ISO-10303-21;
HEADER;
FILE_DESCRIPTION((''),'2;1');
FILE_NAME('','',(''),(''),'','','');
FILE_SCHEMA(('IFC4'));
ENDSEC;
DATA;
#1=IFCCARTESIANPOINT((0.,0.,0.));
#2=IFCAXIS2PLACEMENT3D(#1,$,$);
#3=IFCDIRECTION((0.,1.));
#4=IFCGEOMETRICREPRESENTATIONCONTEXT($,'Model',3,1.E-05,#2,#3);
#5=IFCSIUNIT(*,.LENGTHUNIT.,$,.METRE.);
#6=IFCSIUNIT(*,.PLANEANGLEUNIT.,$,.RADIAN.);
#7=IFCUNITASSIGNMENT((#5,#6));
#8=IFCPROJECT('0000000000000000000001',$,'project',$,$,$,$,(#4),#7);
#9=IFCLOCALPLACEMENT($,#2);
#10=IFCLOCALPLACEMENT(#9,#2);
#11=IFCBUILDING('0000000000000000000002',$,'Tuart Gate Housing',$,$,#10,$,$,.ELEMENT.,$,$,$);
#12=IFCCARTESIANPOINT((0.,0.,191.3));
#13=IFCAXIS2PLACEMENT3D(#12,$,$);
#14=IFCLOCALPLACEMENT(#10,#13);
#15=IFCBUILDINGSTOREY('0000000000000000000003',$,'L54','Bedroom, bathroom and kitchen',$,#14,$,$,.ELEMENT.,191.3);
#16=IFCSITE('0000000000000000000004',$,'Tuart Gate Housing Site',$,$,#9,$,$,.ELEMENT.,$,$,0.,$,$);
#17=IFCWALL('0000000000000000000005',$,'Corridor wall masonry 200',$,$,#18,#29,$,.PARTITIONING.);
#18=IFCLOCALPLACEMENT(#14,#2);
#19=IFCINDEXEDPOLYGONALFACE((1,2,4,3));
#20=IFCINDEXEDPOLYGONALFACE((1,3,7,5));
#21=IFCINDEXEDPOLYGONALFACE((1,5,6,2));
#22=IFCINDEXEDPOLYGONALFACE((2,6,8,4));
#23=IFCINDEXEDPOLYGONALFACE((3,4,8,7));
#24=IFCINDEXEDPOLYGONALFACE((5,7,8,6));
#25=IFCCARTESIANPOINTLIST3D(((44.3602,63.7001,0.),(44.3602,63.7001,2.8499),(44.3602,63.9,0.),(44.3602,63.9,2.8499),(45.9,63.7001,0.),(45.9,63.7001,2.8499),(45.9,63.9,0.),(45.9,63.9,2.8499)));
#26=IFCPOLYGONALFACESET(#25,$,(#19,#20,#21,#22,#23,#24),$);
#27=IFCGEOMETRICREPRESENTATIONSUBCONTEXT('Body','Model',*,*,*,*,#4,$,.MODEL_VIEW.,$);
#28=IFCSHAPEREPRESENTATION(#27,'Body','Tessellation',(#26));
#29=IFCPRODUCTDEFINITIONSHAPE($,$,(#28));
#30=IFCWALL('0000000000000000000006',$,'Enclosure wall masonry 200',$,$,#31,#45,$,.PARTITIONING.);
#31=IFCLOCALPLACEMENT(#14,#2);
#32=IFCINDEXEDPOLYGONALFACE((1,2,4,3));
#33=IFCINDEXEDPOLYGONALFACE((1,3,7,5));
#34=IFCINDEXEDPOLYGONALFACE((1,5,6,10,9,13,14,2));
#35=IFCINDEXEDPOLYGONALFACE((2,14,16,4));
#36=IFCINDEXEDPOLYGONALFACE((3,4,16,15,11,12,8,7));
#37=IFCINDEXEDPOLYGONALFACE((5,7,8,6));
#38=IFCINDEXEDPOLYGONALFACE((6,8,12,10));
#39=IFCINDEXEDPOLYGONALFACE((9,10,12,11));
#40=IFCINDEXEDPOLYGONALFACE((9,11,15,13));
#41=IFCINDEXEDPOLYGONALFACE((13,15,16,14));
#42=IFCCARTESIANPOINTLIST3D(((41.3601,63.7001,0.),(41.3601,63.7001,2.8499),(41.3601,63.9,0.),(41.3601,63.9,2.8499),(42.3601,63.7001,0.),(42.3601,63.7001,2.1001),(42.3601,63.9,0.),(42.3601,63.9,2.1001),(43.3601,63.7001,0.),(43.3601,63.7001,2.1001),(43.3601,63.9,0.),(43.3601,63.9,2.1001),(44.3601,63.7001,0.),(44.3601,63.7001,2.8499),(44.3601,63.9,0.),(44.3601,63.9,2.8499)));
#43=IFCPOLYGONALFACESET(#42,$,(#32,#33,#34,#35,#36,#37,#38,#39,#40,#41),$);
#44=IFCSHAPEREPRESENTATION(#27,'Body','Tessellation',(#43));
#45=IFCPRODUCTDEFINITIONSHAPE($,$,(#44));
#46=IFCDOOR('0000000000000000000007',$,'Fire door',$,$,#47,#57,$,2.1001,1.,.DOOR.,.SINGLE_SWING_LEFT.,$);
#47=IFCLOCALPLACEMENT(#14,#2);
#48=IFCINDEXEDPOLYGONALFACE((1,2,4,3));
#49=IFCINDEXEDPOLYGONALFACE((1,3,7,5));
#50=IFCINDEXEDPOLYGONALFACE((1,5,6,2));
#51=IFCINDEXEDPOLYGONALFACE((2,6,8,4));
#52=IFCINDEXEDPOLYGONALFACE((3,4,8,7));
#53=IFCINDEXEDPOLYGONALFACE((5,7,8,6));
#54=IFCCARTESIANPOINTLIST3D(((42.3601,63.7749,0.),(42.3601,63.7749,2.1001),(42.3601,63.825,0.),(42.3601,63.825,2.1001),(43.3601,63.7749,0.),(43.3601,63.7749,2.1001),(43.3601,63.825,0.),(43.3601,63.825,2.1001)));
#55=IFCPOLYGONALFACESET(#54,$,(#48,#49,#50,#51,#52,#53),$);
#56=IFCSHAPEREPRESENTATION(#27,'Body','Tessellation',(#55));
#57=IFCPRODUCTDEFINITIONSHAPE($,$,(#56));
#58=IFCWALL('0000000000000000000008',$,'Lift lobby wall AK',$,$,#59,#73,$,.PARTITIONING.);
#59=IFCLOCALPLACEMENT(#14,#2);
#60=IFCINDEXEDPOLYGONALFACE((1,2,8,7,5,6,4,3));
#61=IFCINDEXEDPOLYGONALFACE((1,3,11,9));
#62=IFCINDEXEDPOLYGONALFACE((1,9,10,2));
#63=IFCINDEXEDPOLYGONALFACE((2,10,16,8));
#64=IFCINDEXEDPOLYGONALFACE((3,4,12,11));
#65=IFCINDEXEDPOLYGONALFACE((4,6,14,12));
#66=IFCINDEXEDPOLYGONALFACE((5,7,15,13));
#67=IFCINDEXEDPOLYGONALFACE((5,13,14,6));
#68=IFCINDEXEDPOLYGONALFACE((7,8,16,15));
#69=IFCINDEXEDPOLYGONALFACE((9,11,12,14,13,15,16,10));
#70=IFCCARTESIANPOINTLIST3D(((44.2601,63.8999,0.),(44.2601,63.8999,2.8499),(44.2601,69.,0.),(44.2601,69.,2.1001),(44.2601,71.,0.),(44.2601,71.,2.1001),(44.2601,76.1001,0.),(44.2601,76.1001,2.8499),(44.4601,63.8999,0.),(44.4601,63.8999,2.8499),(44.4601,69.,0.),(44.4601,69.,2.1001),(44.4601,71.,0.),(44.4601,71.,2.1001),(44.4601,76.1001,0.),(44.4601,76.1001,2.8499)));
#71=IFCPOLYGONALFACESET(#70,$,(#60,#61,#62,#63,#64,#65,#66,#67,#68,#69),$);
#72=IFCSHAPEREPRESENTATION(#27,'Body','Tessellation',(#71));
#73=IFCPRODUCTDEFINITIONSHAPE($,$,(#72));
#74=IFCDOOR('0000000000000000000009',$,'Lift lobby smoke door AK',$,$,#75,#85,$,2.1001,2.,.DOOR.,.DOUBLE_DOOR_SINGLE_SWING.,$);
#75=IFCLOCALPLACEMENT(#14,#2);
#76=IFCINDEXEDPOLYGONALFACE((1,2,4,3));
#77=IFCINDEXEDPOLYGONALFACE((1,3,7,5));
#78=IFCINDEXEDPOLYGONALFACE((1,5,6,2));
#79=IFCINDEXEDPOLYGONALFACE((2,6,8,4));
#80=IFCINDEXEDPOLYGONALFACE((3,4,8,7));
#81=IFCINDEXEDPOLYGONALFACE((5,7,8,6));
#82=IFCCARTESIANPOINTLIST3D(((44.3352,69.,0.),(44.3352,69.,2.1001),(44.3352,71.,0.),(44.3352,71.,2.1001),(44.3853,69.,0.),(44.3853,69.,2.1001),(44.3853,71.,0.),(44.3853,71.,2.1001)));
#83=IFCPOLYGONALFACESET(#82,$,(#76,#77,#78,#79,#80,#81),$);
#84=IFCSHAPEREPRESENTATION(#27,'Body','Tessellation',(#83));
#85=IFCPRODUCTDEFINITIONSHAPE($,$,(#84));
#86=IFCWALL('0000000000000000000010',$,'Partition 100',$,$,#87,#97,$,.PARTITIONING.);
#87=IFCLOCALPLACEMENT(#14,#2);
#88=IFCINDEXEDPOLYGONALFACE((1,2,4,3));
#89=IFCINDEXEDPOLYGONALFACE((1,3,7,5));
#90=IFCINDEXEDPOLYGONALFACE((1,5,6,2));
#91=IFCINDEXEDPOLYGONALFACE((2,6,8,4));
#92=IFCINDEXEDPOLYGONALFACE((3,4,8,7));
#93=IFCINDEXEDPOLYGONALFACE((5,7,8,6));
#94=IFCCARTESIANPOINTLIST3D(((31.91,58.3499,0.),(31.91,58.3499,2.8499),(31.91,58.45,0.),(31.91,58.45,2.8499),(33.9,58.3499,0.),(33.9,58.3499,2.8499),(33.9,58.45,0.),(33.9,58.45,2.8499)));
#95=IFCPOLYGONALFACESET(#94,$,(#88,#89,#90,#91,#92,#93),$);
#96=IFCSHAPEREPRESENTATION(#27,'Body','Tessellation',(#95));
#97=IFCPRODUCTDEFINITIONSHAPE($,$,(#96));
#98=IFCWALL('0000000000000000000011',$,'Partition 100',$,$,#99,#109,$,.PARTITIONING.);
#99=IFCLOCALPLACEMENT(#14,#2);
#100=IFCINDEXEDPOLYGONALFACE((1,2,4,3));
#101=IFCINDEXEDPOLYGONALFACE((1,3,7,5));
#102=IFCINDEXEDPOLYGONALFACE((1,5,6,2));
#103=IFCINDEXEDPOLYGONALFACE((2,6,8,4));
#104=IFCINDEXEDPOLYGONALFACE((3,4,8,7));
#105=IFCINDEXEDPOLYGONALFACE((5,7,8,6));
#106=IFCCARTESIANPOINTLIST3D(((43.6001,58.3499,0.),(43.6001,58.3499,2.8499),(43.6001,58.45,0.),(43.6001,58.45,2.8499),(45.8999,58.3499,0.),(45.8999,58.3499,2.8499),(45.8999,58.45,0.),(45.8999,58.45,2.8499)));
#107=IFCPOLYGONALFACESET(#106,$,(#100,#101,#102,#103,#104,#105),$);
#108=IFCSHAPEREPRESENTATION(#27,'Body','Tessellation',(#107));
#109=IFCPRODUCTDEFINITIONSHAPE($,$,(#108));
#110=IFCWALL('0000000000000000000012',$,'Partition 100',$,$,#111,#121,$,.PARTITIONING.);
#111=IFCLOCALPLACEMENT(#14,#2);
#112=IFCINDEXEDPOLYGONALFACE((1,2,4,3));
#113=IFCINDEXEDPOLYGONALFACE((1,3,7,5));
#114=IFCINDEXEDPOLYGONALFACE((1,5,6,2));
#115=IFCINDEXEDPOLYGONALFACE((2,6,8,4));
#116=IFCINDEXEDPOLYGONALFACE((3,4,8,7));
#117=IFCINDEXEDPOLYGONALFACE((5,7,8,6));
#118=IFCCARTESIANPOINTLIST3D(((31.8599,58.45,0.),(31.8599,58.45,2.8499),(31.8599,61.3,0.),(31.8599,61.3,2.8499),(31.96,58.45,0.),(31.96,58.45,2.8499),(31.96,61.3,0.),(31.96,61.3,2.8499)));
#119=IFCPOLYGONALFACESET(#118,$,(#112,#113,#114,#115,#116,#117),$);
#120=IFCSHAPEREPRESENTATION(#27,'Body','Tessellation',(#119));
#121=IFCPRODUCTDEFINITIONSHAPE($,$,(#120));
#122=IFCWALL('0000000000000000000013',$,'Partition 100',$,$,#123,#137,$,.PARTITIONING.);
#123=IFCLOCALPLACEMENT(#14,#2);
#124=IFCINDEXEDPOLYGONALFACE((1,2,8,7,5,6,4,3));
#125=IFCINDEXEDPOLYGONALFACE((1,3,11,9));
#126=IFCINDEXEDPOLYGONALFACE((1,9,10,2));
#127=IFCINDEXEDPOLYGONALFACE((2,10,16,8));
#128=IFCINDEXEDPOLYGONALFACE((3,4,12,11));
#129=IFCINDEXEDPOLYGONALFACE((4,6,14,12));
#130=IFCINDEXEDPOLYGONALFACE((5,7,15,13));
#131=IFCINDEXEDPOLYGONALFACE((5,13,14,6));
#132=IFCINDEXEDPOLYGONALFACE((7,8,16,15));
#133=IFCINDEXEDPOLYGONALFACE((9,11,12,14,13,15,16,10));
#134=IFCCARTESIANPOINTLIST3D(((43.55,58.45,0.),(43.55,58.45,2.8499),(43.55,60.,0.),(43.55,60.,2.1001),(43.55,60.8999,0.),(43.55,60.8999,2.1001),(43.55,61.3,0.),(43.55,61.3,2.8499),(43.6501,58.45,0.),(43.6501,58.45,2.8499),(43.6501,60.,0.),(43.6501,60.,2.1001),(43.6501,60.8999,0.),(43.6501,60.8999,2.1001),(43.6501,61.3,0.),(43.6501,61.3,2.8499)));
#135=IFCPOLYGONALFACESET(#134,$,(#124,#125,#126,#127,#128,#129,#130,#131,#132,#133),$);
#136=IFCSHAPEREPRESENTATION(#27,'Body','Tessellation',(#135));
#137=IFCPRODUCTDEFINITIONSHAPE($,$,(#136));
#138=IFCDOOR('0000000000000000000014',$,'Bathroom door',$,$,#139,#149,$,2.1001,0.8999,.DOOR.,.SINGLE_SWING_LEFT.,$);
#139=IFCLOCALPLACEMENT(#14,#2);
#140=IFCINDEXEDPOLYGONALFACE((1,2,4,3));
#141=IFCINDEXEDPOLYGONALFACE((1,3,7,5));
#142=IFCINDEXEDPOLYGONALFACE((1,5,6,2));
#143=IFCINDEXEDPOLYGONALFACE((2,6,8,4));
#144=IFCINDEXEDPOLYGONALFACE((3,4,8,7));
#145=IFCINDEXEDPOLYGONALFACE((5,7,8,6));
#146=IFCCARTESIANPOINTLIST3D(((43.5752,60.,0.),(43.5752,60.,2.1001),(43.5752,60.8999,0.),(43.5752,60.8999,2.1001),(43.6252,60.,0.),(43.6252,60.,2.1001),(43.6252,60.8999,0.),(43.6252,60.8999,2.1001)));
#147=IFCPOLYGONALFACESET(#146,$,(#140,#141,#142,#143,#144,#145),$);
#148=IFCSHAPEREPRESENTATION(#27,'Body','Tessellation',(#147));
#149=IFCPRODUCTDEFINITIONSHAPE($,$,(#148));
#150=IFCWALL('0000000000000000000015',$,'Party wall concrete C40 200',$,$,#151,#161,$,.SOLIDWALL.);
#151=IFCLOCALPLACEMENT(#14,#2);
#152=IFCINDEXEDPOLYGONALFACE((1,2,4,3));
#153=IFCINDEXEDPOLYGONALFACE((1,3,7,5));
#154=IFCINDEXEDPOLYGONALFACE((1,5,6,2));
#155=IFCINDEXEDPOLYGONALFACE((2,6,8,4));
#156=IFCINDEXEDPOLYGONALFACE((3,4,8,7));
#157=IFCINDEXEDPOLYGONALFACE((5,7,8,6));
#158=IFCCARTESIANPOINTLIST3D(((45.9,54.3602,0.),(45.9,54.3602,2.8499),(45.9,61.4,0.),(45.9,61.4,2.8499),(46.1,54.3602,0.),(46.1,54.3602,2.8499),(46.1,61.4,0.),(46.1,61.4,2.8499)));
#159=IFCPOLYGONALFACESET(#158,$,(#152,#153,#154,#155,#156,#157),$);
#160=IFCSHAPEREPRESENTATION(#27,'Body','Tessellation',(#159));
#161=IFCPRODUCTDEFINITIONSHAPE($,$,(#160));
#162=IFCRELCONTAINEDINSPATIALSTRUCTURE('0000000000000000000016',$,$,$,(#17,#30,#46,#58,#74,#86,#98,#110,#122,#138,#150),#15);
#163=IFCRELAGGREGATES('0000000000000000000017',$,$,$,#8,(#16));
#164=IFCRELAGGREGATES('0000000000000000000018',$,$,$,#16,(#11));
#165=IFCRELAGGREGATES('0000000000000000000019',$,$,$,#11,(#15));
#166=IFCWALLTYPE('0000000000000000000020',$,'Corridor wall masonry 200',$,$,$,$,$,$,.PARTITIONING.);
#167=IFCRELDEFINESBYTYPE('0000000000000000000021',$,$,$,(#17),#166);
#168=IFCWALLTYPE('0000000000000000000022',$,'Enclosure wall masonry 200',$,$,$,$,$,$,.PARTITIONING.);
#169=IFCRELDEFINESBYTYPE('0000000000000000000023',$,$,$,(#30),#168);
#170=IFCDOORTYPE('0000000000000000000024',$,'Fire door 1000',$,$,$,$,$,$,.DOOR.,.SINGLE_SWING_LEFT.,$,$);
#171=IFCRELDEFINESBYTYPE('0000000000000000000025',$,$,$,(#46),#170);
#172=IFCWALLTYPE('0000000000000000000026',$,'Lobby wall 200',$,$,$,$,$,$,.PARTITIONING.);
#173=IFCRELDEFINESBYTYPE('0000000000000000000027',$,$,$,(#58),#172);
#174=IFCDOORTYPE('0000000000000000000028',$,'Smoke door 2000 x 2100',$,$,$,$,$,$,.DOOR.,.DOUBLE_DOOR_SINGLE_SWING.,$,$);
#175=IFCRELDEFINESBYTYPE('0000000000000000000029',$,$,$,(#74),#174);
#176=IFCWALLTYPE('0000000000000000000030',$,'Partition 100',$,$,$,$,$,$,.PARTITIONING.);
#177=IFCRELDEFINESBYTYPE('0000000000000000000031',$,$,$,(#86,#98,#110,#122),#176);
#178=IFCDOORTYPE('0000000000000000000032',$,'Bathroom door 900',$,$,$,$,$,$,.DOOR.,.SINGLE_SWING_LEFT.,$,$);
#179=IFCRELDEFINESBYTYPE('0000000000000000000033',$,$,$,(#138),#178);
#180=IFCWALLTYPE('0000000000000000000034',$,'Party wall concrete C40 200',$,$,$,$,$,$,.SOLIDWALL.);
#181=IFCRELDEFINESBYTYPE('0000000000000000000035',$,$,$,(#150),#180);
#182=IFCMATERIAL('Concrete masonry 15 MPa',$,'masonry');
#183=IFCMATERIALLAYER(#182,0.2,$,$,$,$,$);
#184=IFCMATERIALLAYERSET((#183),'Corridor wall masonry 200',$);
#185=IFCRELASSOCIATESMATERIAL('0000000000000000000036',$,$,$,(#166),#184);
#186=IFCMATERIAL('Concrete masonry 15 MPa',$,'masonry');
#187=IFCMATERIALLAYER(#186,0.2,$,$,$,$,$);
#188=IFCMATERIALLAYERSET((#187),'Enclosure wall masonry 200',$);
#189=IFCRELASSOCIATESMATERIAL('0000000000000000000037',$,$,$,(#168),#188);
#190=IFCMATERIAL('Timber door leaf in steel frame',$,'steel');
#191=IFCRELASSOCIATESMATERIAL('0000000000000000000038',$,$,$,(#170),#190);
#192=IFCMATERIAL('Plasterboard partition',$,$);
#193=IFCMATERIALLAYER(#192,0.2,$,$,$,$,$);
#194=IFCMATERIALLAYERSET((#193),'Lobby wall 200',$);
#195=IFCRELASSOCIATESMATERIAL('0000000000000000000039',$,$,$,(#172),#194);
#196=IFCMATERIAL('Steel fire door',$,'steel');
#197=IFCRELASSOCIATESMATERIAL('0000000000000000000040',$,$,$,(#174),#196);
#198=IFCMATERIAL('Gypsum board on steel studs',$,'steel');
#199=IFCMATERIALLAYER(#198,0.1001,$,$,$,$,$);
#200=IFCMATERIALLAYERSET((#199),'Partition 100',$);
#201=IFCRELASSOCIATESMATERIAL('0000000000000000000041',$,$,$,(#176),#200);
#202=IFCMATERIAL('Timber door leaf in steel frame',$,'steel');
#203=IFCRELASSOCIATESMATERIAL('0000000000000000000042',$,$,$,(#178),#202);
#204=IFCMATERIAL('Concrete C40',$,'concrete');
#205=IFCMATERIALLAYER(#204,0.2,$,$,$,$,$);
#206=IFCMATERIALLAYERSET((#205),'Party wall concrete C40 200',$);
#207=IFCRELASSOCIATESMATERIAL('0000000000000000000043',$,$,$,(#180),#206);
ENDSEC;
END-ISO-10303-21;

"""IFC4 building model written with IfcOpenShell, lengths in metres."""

from ifc_helpers import new_model, si_unit, direction, frame, frame_2d, origin, place, context, subcontext, project, spatial, rectangle, extrude, material, layer, layer_set, type_object, element, fill, save


model = new_model("IFC4")

# Units and contexts
model_context = context("Model", 3, precision=1e-05, world=origin(), true_north=direction((0.0, 1.0)))
body_context = subcontext(model_context, "Body", "Model", "MODEL_VIEW")
ifc_project = project(units=[si_unit("LENGTHUNIT", "METRE"), si_unit("PLANEANGLEUNIT", "RADIAN")], contexts=[model_context])

# Site, building, storey
site_placement = place(None, origin())
site = spatial("IfcSite", under=ifc_project, at=site_placement, Name="Tuart Gate Housing Site", CompositionType="ELEMENT", RefElevation=0.0)
building_placement = place(site_placement, origin())
building = spatial("IfcBuilding", under=site, at=building_placement, Name="Tuart Gate Housing", CompositionType="ELEMENT")
storey_placement = place(building_placement, frame((0.0, 0.0, 191.3)))
storey = spatial("IfcBuildingStorey", under=building, at=storey_placement, Name="L54", Description="Bedroom, bathroom and kitchen", CompositionType="ELEMENT", Elevation=191.3)

# Shared definitions
ifc_material_1 = material(Name="Concrete masonry 15 MPa", Category="masonry")
ifc_layer_1 = layer(ifc_material_1, 0.2)
ifc_layer_set_1 = layer_set([ifc_layer_1], Name="Corridor wall masonry 200")
wall_type_1 = type_object("IfcWallType", Name="Corridor wall masonry 200", PredefinedType="PARTITIONING", material=ifc_layer_set_1)

# Wall
wall_1_placement = place(storey_placement, frame((44.3601, 63.8, 0.0), z_axis=(0.0, 0.0, 1.0), x_axis=(1.0, 0.0, 0.0)))
element("IfcWall", 1, at=wall_1_placement, inside=storey, type_object=wall_type_1, Name="Corridor wall masonry 200", PredefinedType="PARTITIONING", context=body_context, shape_type="SweptSolid", body=[
    extrude(rectangle(XDim=1.5398, YDim=0.2, at=frame_2d((0.77, 0.0))), origin(), (0.0, 0.0, 1.0), 2.8499),
])

# Walls, openings, doors
ifc_material_2 = material(Name="Concrete masonry 15 MPa", Category="masonry")
ifc_layer_2 = layer(ifc_material_2, 0.2)
ifc_layer_set_2 = layer_set([ifc_layer_2], Name="Enclosure wall masonry 200")
wall_type_2 = type_object("IfcWallType", Name="Enclosure wall masonry 200", PredefinedType="PARTITIONING", material=ifc_layer_set_2)
wall_2_placement = place(storey_placement, frame((41.3601, 63.8, 0.0), z_axis=(0.0, 0.0, 1.0), x_axis=(1.0, 0.0, 0.0)))
wall_2 = element("IfcWall", 2, at=wall_2_placement, inside=storey, type_object=wall_type_2, Name="Enclosure wall masonry 200", PredefinedType="PARTITIONING", context=body_context, shape_type="SweptSolid", body=[
    extrude(rectangle(XDim=3.0, YDim=0.2, at=frame_2d((1.5, 0.0))), origin(), (0.0, 0.0, 1.0), 2.8499),
])
opening_1_placement = place(wall_2_placement, frame((1.0, 0.0, 0.0)))
opening_1 = element("IfcOpeningElement", 3, at=opening_1_placement, cuts=wall_2, PredefinedType="OPENING", context=body_context, shape_type="SweptSolid", body=[
    extrude(rectangle(XDim=1.0, YDim=2.1001, at=frame_2d((0.5, 1.05))), frame((0.0, 0.1099, 0.0), z_axis=(0.0, -1.0, 0.0), x_axis=(1.0, 0.0, 0.0)), (0.0, 0.0, 1.0), 0.22),
])
ifc_material_3 = material(Name="Timber door leaf in steel frame", Category="steel")
door_type_1 = type_object("IfcDoorType", Name="Fire door 1000", OperationType="SINGLE_SWING_LEFT", PredefinedType="DOOR", material=ifc_material_3)
door_1_placement = place(opening_1_placement, frame((1.0, 0.0, 0.0), z_axis=(0.0, 0.0, 1.0), x_axis=(-1.0, 0.0, 0.0)))
door_1 = element("IfcDoor", 4, at=door_1_placement, inside=storey, type_object=door_type_1, Name="Fire door", OperationType="SINGLE_SWING_LEFT", OverallHeight=2.1001, OverallWidth=1.0, PredefinedType="DOOR", context=body_context, shape_type="SweptSolid", body=[
    extrude(rectangle(XDim=1.0, YDim=2.1001, at=frame_2d((0.5, 1.05))), frame((0.0, 0.0251, 0.0), z_axis=(0.0, -1.0, 0.0), x_axis=(1.0, 0.0, 0.0)), (0.0, 0.0, 1.0), 0.05),
])
fill(opening_1, door_1)
ifc_material_4 = material(Name="Plasterboard partition")
ifc_layer_3 = layer(ifc_material_4, 0.2)
ifc_layer_set_3 = layer_set([ifc_layer_3], Name="Lobby wall 200")
wall_type_3 = type_object("IfcWallType", Name="Lobby wall 200", PredefinedType="PARTITIONING", material=ifc_layer_set_3)
wall_3_placement = place(storey_placement, frame((44.3601, 63.8999, 0.0), z_axis=(0.0, 0.0, 1.0), x_axis=(0.0, 1.0, 0.0)))
wall_3 = element("IfcWall", 5, at=wall_3_placement, inside=storey, type_object=wall_type_3, Name="Lift lobby wall AK", PredefinedType="PARTITIONING", context=body_context, shape_type="SweptSolid", body=[
    extrude(rectangle(XDim=12.2002, YDim=0.2, at=frame_2d((6.1001, 0.0))), origin(), (0.0, 0.0, 1.0), 2.8499),
])
opening_2_placement = place(wall_3_placement, frame((5.1001, 0.0, 0.0)))
opening_2 = element("IfcOpeningElement", 6, at=opening_2_placement, cuts=wall_3, PredefinedType="OPENING", context=body_context, shape_type="SweptSolid", body=[
    extrude(rectangle(XDim=2.0, YDim=2.1001, at=frame_2d((1.0, 1.05))), frame((0.0, 0.1099, 0.0), z_axis=(0.0, -1.0, 0.0), x_axis=(1.0, 0.0, 0.0)), (0.0, 0.0, 1.0), 0.22),
])
ifc_material_5 = material(Name="Steel fire door", Category="steel")
door_type_2 = type_object("IfcDoorType", Name="Smoke door 2000 x 2100", OperationType="DOUBLE_DOOR_SINGLE_SWING", PredefinedType="DOOR", material=ifc_material_5)
door_2_placement = place(opening_2_placement, origin())
door_2 = element("IfcDoor", 7, at=door_2_placement, inside=storey, type_object=door_type_2, Name="Lift lobby smoke door AK", OperationType="DOUBLE_DOOR_SINGLE_SWING", OverallHeight=2.1001, OverallWidth=2.0, PredefinedType="DOOR", context=body_context, shape_type="SweptSolid", body=[
    extrude(rectangle(XDim=2.0, YDim=2.1001, at=frame_2d((1.0, 1.05))), frame((0.0, 0.0249, 0.0), z_axis=(0.0, -1.0, 0.0), x_axis=(1.0, 0.0, 0.0)), (0.0, 0.0, 1.0), 0.05),
])
fill(opening_2, door_2)

# Walls
ifc_material_6 = material(Name="Gypsum board on steel studs", Category="steel")
ifc_layer_4 = layer(ifc_material_6, 0.1001)
ifc_layer_set_4 = layer_set([ifc_layer_4], Name="Partition 100")
wall_type_4 = type_object("IfcWallType", Name="Partition 100", PredefinedType="PARTITIONING", material=ifc_layer_set_4)
wall_4_placement = place(storey_placement, frame((31.9099, 58.3999, 0.0), z_axis=(0.0, 0.0, 1.0), x_axis=(1.0, 0.0, 0.0)))
element("IfcWall", 8, at=wall_4_placement, inside=storey, type_object=wall_type_4, Name="Partition 100", PredefinedType="PARTITIONING", context=body_context, shape_type="SweptSolid", body=[
    extrude(rectangle(XDim=1.99, YDim=0.1001, at=frame_2d((0.9951, 0.0))), origin(), (0.0, 0.0, 1.0), 2.8499),
])
wall_5_placement = place(storey_placement, frame((43.6001, 58.3999, 0.0), z_axis=(0.0, 0.0, 1.0), x_axis=(1.0, 0.0, 0.0)))
element("IfcWall", 9, at=wall_5_placement, inside=storey, type_object=wall_type_4, Name="Partition 100", PredefinedType="PARTITIONING", context=body_context, shape_type="SweptSolid", body=[
    extrude(rectangle(XDim=2.2998, YDim=0.1001, at=frame_2d((1.1499, 0.0))), origin(), (0.0, 0.0, 1.0), 2.8499),
])
wall_6_placement = place(storey_placement, frame((31.9099, 58.45, 0.0), z_axis=(0.0, 0.0, 1.0), x_axis=(0.0, 1.0, 0.0)))
element("IfcWall", 10, at=wall_6_placement, inside=storey, type_object=wall_type_4, Name="Partition 100", PredefinedType="PARTITIONING", context=body_context, shape_type="SweptSolid", body=[
    extrude(rectangle(XDim=2.8501, YDim=0.1001, at=frame_2d((1.425, 0.0))), origin(), (0.0, 0.0, 1.0), 2.8499),
])

# Wall, opening, door
wall_7_placement = place(storey_placement, frame((43.6001, 58.45, 0.0), z_axis=(0.0, 0.0, 1.0), x_axis=(0.0, 1.0, 0.0)))
wall_7 = element("IfcWall", 11, at=wall_7_placement, inside=storey, type_object=wall_type_4, Name="Partition 100", PredefinedType="PARTITIONING", context=body_context, shape_type="SweptSolid", body=[
    extrude(rectangle(XDim=2.8501, YDim=0.1001, at=frame_2d((1.425, 0.0))), origin(), (0.0, 0.0, 1.0), 2.8499),
])
opening_3_placement = place(wall_7_placement, frame((1.55, 0.0, 0.0)))
opening_3 = element("IfcOpeningElement", 12, at=opening_3_placement, cuts=wall_7, PredefinedType="OPENING", context=body_context, shape_type="SweptSolid", body=[
    extrude(rectangle(XDim=0.8999, YDim=2.1001, at=frame_2d((0.45, 1.05))), frame((0.0, 0.0601, 0.0), z_axis=(0.0, -1.0, 0.0), x_axis=(1.0, 0.0, 0.0)), (0.0, 0.0, 1.0), 0.1201),
])
ifc_material_7 = material(Name="Timber door leaf in steel frame", Category="steel")
door_type_3 = type_object("IfcDoorType", Name="Bathroom door 900", OperationType="SINGLE_SWING_LEFT", PredefinedType="DOOR", material=ifc_material_7)
door_3_placement = place(opening_3_placement, frame((0.8999, 0.0, 0.0), z_axis=(0.0, 0.0, 1.0), x_axis=(-1.0, 0.0, 0.0)))
door_3 = element("IfcDoor", 13, at=door_3_placement, inside=storey, type_object=door_type_3, Name="Bathroom door", OperationType="SINGLE_SWING_LEFT", OverallHeight=2.1001, OverallWidth=0.8999, PredefinedType="DOOR", context=body_context, shape_type="SweptSolid", body=[
    extrude(rectangle(XDim=0.8999, YDim=2.1001, at=frame_2d((0.45, 1.05))), frame((0.0, 0.0251, 0.0), z_axis=(0.0, -1.0, 0.0), x_axis=(1.0, 0.0, 0.0)), (0.0, 0.0, 1.0), 0.05),
])
fill(opening_3, door_3)

# Wall
ifc_material_8 = material(Name="Concrete C40", Category="concrete")
ifc_layer_5 = layer(ifc_material_8, 0.2)
ifc_layer_set_5 = layer_set([ifc_layer_5], Name="Party wall concrete C40 200")
wall_type_5 = type_object("IfcWallType", Name="Party wall concrete C40 200", PredefinedType="SOLIDWALL", material=ifc_layer_set_5)
wall_8_placement = place(storey_placement, frame((46.0, 54.3601, 0.0), z_axis=(0.0, 0.0, 1.0), x_axis=(0.0, 1.0, 0.0)))
element("IfcWall", 14, at=wall_8_placement, inside=storey, type_object=wall_type_5, Name="Party wall concrete C40 200", PredefinedType="SOLIDWALL", context=body_context, shape_type="SweptSolid", body=[
    extrude(rectangle(XDim=7.0398, YDim=0.2, at=frame_2d((3.52, 0.0))), origin(), (0.0, 0.0, 1.0), 2.8499),
])

save(model, "model.ifc")
